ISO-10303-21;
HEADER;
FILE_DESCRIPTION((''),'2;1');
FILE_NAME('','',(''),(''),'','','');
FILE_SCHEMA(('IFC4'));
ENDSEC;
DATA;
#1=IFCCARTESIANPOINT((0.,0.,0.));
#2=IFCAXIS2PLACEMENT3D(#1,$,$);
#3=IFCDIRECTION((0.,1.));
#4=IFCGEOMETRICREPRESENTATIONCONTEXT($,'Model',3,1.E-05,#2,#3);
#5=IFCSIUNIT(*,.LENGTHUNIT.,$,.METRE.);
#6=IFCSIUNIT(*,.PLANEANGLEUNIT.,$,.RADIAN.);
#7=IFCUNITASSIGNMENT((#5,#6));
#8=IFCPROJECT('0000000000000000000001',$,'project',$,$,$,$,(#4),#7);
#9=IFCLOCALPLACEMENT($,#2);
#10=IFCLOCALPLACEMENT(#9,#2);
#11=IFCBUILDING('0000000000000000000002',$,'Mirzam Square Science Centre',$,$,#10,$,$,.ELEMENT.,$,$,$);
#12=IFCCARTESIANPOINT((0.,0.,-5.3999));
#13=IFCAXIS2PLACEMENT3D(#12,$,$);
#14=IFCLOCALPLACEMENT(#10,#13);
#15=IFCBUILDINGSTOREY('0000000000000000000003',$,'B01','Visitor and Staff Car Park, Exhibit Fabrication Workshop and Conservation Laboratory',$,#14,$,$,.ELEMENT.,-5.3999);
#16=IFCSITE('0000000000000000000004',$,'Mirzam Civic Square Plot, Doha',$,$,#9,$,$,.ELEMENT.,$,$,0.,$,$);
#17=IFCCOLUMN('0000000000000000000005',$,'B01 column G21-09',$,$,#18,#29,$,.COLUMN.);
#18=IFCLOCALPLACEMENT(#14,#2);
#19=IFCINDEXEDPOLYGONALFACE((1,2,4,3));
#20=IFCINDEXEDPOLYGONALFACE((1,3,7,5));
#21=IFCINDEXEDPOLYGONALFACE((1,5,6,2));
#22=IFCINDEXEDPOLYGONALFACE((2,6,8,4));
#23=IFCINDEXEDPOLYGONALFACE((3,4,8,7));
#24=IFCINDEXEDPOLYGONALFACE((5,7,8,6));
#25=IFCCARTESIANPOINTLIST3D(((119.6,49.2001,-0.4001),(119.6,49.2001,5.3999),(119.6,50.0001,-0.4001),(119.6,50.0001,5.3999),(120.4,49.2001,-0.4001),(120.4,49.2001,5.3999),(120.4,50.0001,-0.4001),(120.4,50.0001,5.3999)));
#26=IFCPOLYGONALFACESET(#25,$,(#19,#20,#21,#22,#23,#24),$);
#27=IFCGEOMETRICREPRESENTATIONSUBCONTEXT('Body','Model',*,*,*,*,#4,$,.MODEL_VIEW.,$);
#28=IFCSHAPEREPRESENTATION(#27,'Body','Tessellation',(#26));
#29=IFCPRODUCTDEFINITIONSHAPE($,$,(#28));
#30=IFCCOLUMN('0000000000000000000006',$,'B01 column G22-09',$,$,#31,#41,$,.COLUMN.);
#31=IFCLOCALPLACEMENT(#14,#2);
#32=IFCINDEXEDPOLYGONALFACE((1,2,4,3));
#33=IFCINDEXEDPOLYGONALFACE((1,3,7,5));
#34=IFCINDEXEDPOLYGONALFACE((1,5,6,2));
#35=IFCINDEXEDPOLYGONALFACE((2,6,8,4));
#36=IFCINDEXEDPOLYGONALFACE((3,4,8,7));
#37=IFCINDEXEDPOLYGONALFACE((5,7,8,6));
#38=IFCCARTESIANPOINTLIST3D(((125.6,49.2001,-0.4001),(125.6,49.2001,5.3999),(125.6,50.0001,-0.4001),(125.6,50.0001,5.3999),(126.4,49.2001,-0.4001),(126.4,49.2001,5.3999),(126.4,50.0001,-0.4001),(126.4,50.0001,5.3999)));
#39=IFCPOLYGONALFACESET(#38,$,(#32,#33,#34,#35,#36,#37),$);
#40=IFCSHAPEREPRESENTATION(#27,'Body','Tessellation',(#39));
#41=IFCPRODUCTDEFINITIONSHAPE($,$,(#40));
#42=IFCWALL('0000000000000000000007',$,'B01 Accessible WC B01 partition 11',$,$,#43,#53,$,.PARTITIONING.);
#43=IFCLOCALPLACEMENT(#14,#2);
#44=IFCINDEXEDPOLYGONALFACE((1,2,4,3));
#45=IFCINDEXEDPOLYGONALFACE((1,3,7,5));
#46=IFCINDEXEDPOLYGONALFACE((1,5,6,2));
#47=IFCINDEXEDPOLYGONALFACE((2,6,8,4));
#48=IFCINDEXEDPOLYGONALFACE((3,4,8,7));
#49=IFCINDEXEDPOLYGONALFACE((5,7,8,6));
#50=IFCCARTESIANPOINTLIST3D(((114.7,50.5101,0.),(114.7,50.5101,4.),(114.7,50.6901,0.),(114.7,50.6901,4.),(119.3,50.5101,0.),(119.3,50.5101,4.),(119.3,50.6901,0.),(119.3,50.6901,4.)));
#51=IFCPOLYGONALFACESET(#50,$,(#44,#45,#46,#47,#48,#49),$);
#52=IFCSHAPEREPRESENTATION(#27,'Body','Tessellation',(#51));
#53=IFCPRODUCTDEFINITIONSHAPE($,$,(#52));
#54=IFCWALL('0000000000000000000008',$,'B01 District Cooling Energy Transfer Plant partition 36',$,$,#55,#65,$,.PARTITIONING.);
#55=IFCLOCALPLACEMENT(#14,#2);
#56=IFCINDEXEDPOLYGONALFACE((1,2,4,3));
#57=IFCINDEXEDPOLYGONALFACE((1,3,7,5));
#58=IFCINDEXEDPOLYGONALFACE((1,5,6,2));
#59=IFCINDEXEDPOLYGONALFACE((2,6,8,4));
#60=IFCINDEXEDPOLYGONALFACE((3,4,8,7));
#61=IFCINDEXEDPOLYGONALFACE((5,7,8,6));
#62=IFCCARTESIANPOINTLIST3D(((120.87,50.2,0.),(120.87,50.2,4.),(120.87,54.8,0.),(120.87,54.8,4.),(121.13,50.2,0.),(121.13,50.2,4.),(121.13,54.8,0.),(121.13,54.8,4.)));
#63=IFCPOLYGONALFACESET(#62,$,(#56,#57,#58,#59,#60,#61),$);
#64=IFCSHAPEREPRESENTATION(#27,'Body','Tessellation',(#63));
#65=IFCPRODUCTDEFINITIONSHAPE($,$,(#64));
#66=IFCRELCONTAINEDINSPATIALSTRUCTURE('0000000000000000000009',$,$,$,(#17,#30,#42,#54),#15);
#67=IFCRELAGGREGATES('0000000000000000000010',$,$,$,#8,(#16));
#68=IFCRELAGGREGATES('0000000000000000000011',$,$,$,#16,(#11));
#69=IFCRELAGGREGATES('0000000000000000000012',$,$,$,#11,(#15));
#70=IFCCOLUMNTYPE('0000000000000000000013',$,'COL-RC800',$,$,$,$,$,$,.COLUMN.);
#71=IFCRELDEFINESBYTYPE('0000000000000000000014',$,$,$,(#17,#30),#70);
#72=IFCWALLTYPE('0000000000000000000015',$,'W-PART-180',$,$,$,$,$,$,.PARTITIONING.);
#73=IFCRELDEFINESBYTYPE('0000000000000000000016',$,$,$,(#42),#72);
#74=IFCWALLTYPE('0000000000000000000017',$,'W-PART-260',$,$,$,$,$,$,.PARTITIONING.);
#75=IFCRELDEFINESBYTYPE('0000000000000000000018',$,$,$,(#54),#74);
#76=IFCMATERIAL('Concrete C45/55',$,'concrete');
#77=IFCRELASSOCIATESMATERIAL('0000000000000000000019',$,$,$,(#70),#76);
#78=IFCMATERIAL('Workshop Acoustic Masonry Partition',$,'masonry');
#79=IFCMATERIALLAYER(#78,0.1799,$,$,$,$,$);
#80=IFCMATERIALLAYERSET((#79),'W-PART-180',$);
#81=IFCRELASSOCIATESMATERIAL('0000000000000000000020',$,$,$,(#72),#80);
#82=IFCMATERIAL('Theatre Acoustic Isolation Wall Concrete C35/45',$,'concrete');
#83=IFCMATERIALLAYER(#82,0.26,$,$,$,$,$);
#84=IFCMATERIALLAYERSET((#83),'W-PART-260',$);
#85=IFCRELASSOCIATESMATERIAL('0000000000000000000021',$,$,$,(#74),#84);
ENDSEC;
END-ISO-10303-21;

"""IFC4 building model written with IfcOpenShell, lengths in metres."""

from ifc_helpers import new_model, si_unit, direction, frame, frame_2d, origin, origin_2d, place, context, subcontext, project, spatial, rectangle, extrude, material, layer, layer_set, material_profile, profile_set, type_object, element, save


model = new_model("IFC4")

# Units and contexts
model_context = context("Model", 3, precision=1e-05, world=origin(), true_north=direction((0.0, 1.0)))
body_context = subcontext(model_context, "Body", "Model", "MODEL_VIEW")
ifc_project = project(units=[si_unit("LENGTHUNIT", "METRE"), si_unit("PLANEANGLEUNIT", "RADIAN")], contexts=[model_context])

# Site, building, storey
site_placement = place(None, origin())
site = spatial("IfcSite", under=ifc_project, at=site_placement, Name="Mirzam Civic Square Plot, Doha", CompositionType="ELEMENT", RefElevation=0.0)
building_placement = place(site_placement, origin())
building = spatial("IfcBuilding", under=site, at=building_placement, Name="Mirzam Square Science Centre", CompositionType="ELEMENT")
storey_placement = place(building_placement, frame((0.0, 0.0, -5.3999)))
storey = spatial("IfcBuildingStorey", under=building, at=storey_placement, Name="B01", Description="Visitor and Staff Car Park, Exhibit Fabrication Workshop and Conservation Laboratory", CompositionType="ELEMENT", Elevation=-5.3999)

# Shared definitions
ifc_material_1 = material(Name="Concrete C45/55", Category="concrete")

# Columns
ifc_material_profile_1 = material_profile(ifc_material_1, rectangle(XDim=0.8, YDim=0.8, at=origin_2d()), Name="RC800x800")
ifc_profile_set_1 = profile_set([ifc_material_profile_1], Name="Concrete C45/55")
column_type_1 = type_object("IfcColumnType", Name="COL-RC800", PredefinedType="COLUMN", material=ifc_profile_set_1)
for number, where, z_axis, x_axis, name in (
    (1, (120.0, 49.6001, -0.4001), (0.0, 0.0, 1.0), (1.0, 0.0, 0.0), "B01 column G21-09"),
    (2, (126.0, 49.6001, -0.4001), (0.0, 0.0, 1.0), (1.0, 0.0, 0.0), "B01 column G22-09"),
):
    element("IfcColumn", number, at=place(storey_placement, frame(where, z_axis=z_axis, x_axis=x_axis)), inside=storey, type_object=column_type_1, Name=name, PredefinedType="COLUMN", context=body_context, shape_type="SweptSolid", body=[
        extrude(rectangle(XDim=0.8, YDim=0.8, at=origin_2d()), origin(), (0.0, 0.0, 1.0), 5.8),
    ])

# Walls
ifc_material_2 = material(Name="Workshop Acoustic Masonry Partition", Category="masonry")
ifc_layer_1 = layer(ifc_material_2, 0.1799)
ifc_layer_set_1 = layer_set([ifc_layer_1], Name="W-PART-180")
wall_type_1 = type_object("IfcWallType", Name="W-PART-180", PredefinedType="PARTITIONING", material=ifc_layer_set_1)
wall_1_placement = place(storey_placement, frame((119.3, 50.6001, 0.0), z_axis=(0.0, 0.0, 1.0), x_axis=(-1.0, 0.0, 0.0)))
element("IfcWall", 3, at=wall_1_placement, inside=storey, type_object=wall_type_1, Name="B01 Accessible WC B01 partition 11", PredefinedType="PARTITIONING", context=body_context, shape_type="SweptSolid", body=[
    extrude(rectangle(XDim=4.6001, YDim=0.1799, at=frame_2d((2.3, 0.0))), origin(), (0.0, 0.0, 1.0), 4.0),
])
ifc_material_3 = material(Name="Theatre Acoustic Isolation Wall Concrete C35/45", Category="concrete")
ifc_layer_2 = layer(ifc_material_3, 0.26)
ifc_layer_set_2 = layer_set([ifc_layer_2], Name="W-PART-260")
wall_type_2 = type_object("IfcWallType", Name="W-PART-260", PredefinedType="PARTITIONING", material=ifc_layer_set_2)
wall_2_placement = place(storey_placement, frame((121.0, 50.2, 0.0), z_axis=(0.0, 0.0, 1.0), x_axis=(0.0, 1.0, 0.0)))
element("IfcWall", 4, at=wall_2_placement, inside=storey, type_object=wall_type_2, Name="B01 District Cooling Energy Transfer Plant partition 36", PredefinedType="PARTITIONING", context=body_context, shape_type="SweptSolid", body=[
    extrude(rectangle(XDim=4.6001, YDim=0.26, at=frame_2d((2.3, 0.0))), origin(), (0.0, 0.0, 1.0), 4.0),
])

save(model, "model.ifc")
